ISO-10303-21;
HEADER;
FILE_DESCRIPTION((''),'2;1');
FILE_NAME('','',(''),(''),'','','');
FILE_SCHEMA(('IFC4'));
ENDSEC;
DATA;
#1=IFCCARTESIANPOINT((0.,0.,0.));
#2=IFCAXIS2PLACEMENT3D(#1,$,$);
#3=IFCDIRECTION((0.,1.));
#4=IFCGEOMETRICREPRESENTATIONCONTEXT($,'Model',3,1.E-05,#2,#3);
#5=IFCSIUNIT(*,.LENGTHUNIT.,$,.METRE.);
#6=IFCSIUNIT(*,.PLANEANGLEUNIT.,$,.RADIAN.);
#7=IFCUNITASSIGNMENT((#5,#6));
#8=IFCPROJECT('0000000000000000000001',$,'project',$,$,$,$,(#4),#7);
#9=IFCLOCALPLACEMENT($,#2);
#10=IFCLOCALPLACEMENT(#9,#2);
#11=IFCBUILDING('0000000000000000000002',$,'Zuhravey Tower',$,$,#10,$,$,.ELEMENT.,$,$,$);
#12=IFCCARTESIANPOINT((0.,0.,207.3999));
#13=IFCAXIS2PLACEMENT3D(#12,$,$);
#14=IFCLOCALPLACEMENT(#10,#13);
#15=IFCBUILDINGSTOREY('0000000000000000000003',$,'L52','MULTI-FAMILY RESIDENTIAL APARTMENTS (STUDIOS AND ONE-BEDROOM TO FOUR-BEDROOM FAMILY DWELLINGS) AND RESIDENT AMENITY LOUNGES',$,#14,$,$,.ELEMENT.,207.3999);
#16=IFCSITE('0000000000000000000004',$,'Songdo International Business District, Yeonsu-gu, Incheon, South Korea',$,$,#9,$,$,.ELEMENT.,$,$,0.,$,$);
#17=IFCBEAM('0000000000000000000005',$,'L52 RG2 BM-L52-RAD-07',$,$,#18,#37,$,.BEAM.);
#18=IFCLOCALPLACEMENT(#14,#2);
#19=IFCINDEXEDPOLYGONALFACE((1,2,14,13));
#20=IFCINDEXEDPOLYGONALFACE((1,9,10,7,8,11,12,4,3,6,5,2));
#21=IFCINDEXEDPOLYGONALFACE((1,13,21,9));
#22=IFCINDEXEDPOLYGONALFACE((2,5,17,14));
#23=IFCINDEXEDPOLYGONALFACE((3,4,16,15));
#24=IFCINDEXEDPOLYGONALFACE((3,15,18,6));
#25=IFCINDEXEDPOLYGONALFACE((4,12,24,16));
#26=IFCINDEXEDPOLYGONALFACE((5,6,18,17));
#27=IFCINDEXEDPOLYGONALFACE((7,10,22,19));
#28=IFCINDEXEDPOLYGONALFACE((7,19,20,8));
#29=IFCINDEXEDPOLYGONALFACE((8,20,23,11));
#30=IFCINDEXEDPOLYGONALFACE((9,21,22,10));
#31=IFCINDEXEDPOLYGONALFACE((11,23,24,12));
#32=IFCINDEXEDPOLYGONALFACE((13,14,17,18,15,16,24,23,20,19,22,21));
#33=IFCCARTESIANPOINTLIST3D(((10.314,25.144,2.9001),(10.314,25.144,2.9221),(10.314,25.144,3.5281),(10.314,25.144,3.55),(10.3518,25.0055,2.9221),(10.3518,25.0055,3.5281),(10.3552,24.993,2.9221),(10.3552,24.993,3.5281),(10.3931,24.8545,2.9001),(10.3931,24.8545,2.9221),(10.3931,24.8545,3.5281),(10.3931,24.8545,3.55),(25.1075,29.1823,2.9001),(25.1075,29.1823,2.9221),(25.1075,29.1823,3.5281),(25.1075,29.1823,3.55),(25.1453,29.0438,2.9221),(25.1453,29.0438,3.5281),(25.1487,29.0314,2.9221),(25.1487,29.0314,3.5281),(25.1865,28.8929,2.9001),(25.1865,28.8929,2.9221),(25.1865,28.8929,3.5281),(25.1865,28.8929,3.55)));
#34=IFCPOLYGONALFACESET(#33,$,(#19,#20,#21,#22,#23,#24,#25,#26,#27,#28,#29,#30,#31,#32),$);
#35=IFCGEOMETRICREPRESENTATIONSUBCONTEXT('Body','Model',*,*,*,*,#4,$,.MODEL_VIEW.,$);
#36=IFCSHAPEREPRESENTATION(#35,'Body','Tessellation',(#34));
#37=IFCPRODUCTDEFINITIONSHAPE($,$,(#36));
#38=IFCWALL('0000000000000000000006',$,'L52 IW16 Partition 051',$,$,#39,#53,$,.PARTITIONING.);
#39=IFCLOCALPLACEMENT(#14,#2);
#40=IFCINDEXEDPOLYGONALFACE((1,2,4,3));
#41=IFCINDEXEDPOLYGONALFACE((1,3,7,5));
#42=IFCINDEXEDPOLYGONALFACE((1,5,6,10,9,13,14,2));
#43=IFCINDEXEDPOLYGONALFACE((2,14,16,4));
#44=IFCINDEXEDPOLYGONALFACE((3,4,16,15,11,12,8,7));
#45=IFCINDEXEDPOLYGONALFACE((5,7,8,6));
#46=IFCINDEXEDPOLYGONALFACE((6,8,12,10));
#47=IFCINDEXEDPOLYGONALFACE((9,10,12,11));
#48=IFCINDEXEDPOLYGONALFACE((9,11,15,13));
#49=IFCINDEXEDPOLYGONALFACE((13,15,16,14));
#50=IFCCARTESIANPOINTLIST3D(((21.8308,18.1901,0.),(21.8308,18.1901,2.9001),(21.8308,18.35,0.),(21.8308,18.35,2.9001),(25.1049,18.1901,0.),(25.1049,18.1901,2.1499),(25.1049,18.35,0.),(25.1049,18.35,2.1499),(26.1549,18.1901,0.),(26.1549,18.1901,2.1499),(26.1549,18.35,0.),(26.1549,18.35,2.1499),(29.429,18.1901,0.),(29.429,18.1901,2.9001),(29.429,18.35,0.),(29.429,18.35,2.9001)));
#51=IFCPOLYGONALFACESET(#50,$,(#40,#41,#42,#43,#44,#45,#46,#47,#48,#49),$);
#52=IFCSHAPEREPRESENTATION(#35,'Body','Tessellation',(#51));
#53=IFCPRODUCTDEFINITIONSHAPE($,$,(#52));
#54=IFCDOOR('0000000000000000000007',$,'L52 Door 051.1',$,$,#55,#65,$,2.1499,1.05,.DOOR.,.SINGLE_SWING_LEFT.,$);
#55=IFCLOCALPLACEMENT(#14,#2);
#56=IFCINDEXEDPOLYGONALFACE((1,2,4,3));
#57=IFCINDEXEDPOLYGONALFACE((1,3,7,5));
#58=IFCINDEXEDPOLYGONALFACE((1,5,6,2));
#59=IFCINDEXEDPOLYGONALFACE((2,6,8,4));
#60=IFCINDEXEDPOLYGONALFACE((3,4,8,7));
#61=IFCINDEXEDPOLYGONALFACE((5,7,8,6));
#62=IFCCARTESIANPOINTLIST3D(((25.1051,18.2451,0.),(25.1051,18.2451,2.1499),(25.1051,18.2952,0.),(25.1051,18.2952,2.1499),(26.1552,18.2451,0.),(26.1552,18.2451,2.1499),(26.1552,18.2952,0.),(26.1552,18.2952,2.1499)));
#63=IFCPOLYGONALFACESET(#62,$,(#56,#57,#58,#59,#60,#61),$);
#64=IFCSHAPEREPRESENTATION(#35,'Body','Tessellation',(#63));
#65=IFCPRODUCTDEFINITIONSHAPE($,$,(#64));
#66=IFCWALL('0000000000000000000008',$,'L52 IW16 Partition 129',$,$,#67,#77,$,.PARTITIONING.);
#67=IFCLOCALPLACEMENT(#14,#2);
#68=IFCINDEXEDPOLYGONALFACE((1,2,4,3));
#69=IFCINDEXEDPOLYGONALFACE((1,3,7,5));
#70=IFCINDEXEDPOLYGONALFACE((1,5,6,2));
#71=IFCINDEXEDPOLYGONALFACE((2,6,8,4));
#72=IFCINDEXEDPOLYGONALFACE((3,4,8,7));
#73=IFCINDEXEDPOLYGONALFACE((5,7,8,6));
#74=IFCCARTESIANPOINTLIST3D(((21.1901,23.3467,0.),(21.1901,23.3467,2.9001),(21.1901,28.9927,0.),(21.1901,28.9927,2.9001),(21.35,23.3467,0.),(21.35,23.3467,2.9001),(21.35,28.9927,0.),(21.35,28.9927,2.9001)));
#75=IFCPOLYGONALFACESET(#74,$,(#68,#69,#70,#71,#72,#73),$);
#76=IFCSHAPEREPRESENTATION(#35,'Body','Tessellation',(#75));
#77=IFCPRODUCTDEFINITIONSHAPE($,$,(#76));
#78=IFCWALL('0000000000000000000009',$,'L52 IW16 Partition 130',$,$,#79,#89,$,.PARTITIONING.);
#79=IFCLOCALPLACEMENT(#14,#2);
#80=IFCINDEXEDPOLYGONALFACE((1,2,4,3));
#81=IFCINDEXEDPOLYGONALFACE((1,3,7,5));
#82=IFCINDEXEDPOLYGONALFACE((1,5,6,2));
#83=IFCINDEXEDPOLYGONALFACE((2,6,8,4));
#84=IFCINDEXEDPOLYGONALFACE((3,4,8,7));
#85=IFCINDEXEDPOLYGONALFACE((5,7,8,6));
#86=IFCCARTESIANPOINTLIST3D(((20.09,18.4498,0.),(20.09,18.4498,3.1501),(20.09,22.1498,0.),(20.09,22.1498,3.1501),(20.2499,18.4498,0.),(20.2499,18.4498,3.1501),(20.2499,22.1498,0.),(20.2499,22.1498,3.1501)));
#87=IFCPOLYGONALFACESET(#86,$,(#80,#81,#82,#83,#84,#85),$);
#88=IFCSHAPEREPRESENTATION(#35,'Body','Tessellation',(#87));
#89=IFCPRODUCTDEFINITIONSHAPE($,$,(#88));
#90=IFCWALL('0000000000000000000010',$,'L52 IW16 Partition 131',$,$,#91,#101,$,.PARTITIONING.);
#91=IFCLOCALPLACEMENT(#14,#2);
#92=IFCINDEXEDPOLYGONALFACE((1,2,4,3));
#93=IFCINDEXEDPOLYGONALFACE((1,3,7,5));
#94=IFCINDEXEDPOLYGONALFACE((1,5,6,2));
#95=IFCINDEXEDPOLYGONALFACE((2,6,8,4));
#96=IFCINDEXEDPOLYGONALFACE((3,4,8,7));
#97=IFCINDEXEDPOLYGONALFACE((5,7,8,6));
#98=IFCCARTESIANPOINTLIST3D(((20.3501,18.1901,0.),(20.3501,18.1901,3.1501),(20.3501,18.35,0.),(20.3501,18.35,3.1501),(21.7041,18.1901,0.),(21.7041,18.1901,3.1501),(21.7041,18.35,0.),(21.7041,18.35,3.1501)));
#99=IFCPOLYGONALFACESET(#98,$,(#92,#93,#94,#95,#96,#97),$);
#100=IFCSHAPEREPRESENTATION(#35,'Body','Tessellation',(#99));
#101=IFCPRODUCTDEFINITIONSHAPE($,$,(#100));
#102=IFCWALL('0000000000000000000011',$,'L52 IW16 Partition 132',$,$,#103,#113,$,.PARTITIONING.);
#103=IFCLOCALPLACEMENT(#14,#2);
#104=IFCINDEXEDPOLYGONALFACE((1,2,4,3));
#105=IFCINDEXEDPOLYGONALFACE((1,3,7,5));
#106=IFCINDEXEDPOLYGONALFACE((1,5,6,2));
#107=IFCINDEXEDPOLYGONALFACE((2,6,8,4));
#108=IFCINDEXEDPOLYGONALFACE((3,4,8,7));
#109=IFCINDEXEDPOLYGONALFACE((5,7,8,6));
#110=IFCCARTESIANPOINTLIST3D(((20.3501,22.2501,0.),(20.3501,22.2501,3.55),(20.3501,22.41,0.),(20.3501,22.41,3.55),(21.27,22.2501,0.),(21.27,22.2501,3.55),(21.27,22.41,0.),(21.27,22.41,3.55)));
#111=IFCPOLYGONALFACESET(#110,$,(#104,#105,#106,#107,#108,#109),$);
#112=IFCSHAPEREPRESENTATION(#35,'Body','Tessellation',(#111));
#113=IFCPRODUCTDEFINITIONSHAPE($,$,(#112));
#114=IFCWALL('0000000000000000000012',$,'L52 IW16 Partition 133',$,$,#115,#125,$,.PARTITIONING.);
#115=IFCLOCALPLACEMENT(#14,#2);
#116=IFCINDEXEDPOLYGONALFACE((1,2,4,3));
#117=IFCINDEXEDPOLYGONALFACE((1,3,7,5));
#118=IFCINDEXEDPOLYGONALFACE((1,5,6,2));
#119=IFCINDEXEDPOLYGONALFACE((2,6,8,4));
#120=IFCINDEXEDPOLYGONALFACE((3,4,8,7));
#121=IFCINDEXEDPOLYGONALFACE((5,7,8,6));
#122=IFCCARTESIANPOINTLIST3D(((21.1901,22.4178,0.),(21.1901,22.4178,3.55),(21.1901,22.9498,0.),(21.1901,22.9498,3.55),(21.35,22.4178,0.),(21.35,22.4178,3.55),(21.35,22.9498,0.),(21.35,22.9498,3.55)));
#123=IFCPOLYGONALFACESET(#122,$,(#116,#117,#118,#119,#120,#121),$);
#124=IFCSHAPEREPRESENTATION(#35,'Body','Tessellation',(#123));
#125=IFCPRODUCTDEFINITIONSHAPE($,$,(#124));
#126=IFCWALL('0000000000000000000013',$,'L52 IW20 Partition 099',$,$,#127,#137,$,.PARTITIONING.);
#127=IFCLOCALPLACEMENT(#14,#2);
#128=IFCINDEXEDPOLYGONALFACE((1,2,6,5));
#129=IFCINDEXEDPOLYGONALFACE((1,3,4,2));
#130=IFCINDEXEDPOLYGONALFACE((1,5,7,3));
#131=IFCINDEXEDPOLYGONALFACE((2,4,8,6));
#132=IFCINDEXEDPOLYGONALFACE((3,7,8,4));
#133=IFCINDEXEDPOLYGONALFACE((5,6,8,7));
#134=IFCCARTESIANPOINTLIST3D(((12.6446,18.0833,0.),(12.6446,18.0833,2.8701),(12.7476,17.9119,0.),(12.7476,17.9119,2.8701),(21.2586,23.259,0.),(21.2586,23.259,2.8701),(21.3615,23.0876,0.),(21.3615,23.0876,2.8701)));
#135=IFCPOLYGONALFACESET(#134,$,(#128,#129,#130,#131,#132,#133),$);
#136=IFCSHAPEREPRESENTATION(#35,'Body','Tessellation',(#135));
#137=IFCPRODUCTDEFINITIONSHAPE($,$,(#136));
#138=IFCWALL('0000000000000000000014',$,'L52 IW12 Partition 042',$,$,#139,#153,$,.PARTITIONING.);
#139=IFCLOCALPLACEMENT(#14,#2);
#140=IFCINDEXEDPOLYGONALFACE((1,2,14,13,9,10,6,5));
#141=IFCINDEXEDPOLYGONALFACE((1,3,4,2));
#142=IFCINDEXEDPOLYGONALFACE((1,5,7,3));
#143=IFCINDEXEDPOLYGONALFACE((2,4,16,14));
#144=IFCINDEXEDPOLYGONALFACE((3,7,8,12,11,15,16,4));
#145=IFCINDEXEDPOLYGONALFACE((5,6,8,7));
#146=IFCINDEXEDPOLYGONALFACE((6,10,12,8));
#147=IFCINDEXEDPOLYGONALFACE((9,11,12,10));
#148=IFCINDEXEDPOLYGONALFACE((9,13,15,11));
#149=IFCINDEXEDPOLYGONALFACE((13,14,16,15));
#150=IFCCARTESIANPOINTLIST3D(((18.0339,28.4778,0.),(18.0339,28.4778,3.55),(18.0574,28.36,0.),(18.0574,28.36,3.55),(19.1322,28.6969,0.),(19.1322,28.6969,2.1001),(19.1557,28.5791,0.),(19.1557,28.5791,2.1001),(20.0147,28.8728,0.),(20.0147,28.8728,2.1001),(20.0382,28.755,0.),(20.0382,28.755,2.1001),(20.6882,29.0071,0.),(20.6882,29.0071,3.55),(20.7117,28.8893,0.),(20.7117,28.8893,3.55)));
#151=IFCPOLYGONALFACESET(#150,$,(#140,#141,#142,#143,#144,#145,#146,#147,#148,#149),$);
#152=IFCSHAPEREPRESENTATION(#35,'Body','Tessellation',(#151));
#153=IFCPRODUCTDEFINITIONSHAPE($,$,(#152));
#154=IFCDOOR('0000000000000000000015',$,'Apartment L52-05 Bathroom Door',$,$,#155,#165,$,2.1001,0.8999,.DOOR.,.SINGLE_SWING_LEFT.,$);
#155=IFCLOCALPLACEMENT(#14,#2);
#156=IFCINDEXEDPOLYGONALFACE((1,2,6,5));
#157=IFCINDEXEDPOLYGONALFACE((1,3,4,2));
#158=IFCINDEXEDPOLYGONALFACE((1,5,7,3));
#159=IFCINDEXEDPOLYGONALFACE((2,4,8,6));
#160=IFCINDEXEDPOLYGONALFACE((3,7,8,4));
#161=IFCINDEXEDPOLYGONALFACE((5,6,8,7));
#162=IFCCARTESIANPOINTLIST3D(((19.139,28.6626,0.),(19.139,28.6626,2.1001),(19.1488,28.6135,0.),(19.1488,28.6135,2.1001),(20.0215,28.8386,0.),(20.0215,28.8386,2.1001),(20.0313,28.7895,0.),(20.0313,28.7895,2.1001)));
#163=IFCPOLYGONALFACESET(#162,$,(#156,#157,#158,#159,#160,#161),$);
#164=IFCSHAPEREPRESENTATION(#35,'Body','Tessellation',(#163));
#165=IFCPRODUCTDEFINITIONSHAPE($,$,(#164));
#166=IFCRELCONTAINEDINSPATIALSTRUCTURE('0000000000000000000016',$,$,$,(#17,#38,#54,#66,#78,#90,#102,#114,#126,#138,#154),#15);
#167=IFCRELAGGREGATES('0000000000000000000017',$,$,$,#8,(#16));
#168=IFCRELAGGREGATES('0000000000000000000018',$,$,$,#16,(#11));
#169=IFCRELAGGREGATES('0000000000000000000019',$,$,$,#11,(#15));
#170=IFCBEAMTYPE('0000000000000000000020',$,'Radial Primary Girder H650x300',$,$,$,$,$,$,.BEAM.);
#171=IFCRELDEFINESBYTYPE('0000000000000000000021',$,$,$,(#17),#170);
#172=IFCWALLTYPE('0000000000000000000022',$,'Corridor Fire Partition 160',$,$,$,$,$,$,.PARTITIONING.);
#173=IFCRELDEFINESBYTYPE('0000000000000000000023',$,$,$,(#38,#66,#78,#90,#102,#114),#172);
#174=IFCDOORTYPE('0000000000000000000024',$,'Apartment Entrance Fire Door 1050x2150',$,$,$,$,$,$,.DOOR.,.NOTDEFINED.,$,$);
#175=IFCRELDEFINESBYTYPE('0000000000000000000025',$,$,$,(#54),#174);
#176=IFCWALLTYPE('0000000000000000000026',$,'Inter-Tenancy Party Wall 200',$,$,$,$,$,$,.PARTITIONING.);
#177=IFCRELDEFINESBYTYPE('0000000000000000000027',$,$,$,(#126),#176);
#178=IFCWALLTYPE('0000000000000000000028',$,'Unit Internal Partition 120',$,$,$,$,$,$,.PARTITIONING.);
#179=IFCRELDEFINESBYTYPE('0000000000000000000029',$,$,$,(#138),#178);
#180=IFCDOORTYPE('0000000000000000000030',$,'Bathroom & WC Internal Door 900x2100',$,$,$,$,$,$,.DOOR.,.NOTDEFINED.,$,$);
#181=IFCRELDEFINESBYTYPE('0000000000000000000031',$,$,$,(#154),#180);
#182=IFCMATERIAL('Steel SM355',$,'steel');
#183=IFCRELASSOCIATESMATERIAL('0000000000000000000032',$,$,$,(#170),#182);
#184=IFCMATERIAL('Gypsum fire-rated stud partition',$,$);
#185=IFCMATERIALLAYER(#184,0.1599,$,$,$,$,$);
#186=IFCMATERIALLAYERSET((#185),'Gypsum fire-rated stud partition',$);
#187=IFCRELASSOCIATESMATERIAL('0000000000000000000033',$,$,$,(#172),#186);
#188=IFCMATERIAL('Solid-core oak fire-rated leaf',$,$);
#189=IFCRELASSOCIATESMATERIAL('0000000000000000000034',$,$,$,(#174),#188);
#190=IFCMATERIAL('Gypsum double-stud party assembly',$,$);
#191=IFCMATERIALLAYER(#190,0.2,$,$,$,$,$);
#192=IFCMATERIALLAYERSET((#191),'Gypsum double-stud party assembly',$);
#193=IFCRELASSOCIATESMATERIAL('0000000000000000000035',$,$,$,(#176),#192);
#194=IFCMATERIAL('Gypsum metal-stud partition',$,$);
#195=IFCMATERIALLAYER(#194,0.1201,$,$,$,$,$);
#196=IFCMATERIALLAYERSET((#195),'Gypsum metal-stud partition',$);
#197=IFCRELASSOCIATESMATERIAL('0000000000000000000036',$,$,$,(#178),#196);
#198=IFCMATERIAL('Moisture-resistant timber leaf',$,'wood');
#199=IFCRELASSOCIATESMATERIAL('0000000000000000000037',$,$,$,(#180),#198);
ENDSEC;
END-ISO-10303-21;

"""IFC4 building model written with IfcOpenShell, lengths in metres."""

from ifc_helpers import new_model, si_unit, direction, frame, frame_2d, origin, origin_2d, place, context, subcontext, project, spatial, rectangle, i_section, extrude, material, layer, layer_set, material_profile, profile_set, type_object, element, fill, save


model = new_model("IFC4")

# Units and contexts
model_context = context("Model", 3, precision=1e-05, world=origin(), true_north=direction((0.0, 1.0)))
body_context = subcontext(model_context, "Body", "Model", "MODEL_VIEW")
ifc_project = project(units=[si_unit("LENGTHUNIT", "METRE"), si_unit("PLANEANGLEUNIT", "RADIAN")], contexts=[model_context])

# Site, building, storey
site_placement = place(None, origin())
site = spatial("IfcSite", under=ifc_project, at=site_placement, Name="Songdo International Business District, Yeonsu-gu, Incheon, South Korea", CompositionType="ELEMENT", RefElevation=0.0)
building_placement = place(site_placement, origin())
building = spatial("IfcBuilding", under=site, at=building_placement, Name="Zuhravey Tower", CompositionType="ELEMENT")
storey_placement = place(building_placement, frame((0.0, 0.0, 207.3999)))
storey = spatial("IfcBuildingStorey", under=building, at=storey_placement, Name="L52", Description="MULTI-FAMILY RESIDENTIAL APARTMENTS (STUDIOS AND ONE-BEDROOM TO FOUR-BEDROOM FAMILY DWELLINGS) AND RESIDENT AMENITY LOUNGES", CompositionType="ELEMENT", Elevation=207.3999)

# Beam
ifc_material_1 = material(Name="Steel SM355", Category="steel")
ifc_material_profile = material_profile(ifc_material_1, i_section(OverallWidth=0.3, OverallDepth=0.6499, WebThickness=0.0129, FlangeThickness=0.022, at=origin_2d()), Name="H-650x300x13x22")
ifc_profile_set = profile_set([ifc_material_profile], Name="Steel SM355")
beam_type = type_object("IfcBeamType", Name="Radial Primary Girder H650x300", PredefinedType="BEAM", material=ifc_profile_set)
beam_placement = place(storey_placement, frame((25.147, 29.0376, 3.2251), z_axis=(-0.964702, -0.263345, 0.0), x_axis=(0.263345, -0.964702, 0.0)))
element("IfcBeam", 1, at=beam_placement, inside=storey, type_object=beam_type, Name="L52 RG2 BM-L52-RAD-07", PredefinedType="BEAM", context=body_context, shape_type="SweptSolid", body=[
    extrude(i_section(OverallWidth=0.3, OverallDepth=0.6499, WebThickness=0.0129, FlangeThickness=0.022, at=origin_2d()), origin(), (0.0, 0.0, 1.0), 15.3347),
])

# Wall, opening, door
ifc_material_2 = material(Name="Gypsum fire-rated stud partition")
ifc_layer_1 = layer(ifc_material_2, 0.1599)
ifc_layer_set_1 = layer_set([ifc_layer_1], Name="Gypsum fire-rated stud partition")
wall_type_1 = type_object("IfcWallType", Name="Corridor Fire Partition 160", PredefinedType="PARTITIONING", material=ifc_layer_set_1)
wall_1_placement = place(storey_placement, frame((21.8308, 18.27, 0.0), z_axis=(0.0, 0.0, 1.0), x_axis=(1.0, 0.0, 0.0)))
wall_1 = element("IfcWall", 2, at=wall_1_placement, inside=storey, type_object=wall_type_1, Name="L52 IW16 Partition 051", PredefinedType="PARTITIONING", context=body_context, shape_type="SweptSolid", body=[
    extrude(rectangle(XDim=7.5981, YDim=0.1599, at=frame_2d((3.7991, 0.0))), origin(), (0.0, 0.0, 1.0), 2.9001),
])
opening_1_placement = place(wall_1_placement, frame((3.2742, 0.0, 0.0)))
opening_1 = element("IfcOpeningElement", 3, at=opening_1_placement, cuts=wall_1, PredefinedType="OPENING", context=body_context, shape_type="SweptSolid", body=[
    extrude(rectangle(XDim=1.05, YDim=2.1499, at=frame_2d((0.5249, 1.075))), frame((0.0, 0.092, 0.0), z_axis=(0.0, -1.0, 0.0), x_axis=(1.0, 0.0, 0.0)), (0.0, 0.0, 1.0), 0.1838),
])
ifc_material_3 = material(Name="Solid-core oak fire-rated leaf")
door_type_1 = type_object("IfcDoorType", Name="Apartment Entrance Fire Door 1050x2150", OperationType="NOTDEFINED", PredefinedType="DOOR", material=ifc_material_3)
door_1_placement = place(opening_1_placement, frame((1.05, 0.0, 0.0), z_axis=(0.0, 0.0, 1.0), x_axis=(-1.0, 0.0, 0.0)))
door_1 = element("IfcDoor", 4, at=door_1_placement, inside=storey, type_object=door_type_1, Name="L52 Door 051.1", OperationType="SINGLE_SWING_LEFT", OverallHeight=2.1499, OverallWidth=1.05, PredefinedType="DOOR", context=body_context, shape_type="SweptSolid", body=[
    extrude(rectangle(XDim=1.05, YDim=2.1499, at=frame_2d((0.5249, 1.075))), frame((0.0, 0.0249, 0.0), z_axis=(0.0, -1.0, 0.0), x_axis=(1.0, 0.0, 0.0)), (0.0, 0.0, 1.0), 0.05),
])
fill(opening_1, door_1)

# Walls
wall_2_placement = place(storey_placement, frame((21.27, 28.9927, 0.0), z_axis=(0.0, 0.0, 1.0), x_axis=(0.0, -1.0, 0.0)))
element("IfcWall", 5, at=wall_2_placement, inside=storey, type_object=wall_type_1, Name="L52 IW16 Partition 129", PredefinedType="PARTITIONING", context=body_context, shape_type="SweptSolid", body=[
    extrude(rectangle(XDim=5.646, YDim=0.1599, at=frame_2d((2.823, 0.0))), origin(), (0.0, 0.0, 1.0), 2.9001),
])
wall_3_placement = place(storey_placement, frame((20.1699, 22.1499, 0.0), z_axis=(0.0, 0.0, 1.0), x_axis=(0.0, -1.0, 0.0)))
element("IfcWall", 6, at=wall_3_placement, inside=storey, type_object=wall_type_1, Name="L52 IW16 Partition 130", PredefinedType="PARTITIONING", context=body_context, shape_type="SweptSolid", body=[
    extrude(rectangle(XDim=3.7, YDim=0.1599, at=frame_2d((1.8501, 0.0))), origin(), (0.0, 0.0, 1.0), 3.1501),
])
wall_4_placement = place(storey_placement, frame((20.3501, 18.27, 0.0), z_axis=(0.0, 0.0, 1.0), x_axis=(1.0, 0.0, 0.0)))
element("IfcWall", 7, at=wall_4_placement, inside=storey, type_object=wall_type_1, Name="L52 IW16 Partition 131", PredefinedType="PARTITIONING", context=body_context, shape_type="SweptSolid", body=[
    extrude(rectangle(XDim=1.354, YDim=0.1599, at=frame_2d((0.677, 0.0))), origin(), (0.0, 0.0, 1.0), 3.1501),
])
wall_5_placement = place(storey_placement, frame((21.27, 22.3301, 0.0), z_axis=(0.0, 0.0, 1.0), x_axis=(-1.0, 0.0, 0.0)))
element("IfcWall", 8, at=wall_5_placement, inside=storey, type_object=wall_type_1, Name="L52 IW16 Partition 132", PredefinedType="PARTITIONING", context=body_context, shape_type="SweptSolid", body=[
    extrude(rectangle(XDim=0.9199, YDim=0.1599, at=frame_2d((0.46, 0.0))), origin(), (0.0, 0.0, 1.0), 3.55),
])
wall_6_placement = place(storey_placement, frame((21.27, 22.95, 0.0), z_axis=(0.0, 0.0, 1.0), x_axis=(0.0, -1.0, 0.0)))
element("IfcWall", 9, at=wall_6_placement, inside=storey, type_object=wall_type_1, Name="L52 IW16 Partition 133", PredefinedType="PARTITIONING", context=body_context, shape_type="SweptSolid", body=[
    extrude(rectangle(XDim=0.532, YDim=0.1599, at=frame_2d((0.2661, 0.0))), origin(), (0.0, 0.0, 1.0), 3.55),
])
ifc_material_4 = material(Name="Gypsum double-stud party assembly")
ifc_layer_2 = layer(ifc_material_4, 0.2)
ifc_layer_set_2 = layer_set([ifc_layer_2], Name="Gypsum double-stud party assembly")
wall_type_2 = type_object("IfcWallType", Name="Inter-Tenancy Party Wall 200", PredefinedType="PARTITIONING", material=ifc_layer_set_2)
wall_7_placement = place(storey_placement, frame((21.3101, 23.1733, 0.0), z_axis=(0.0, 0.0, 1.0), x_axis=(-0.857169, -0.515035, 0.0)))
element("IfcWall", 10, at=wall_7_placement, inside=storey, type_object=wall_type_2, Name="L52 IW20 Partition 099", PredefinedType="PARTITIONING", context=body_context, shape_type="SweptSolid", body=[
    extrude(rectangle(XDim=10.0493, YDim=0.2, at=frame_2d((5.0247, 0.0))), origin(), (0.0, 0.0, 1.0), 2.8701),
])

# Wall, opening, door
ifc_material_5 = material(Name="Gypsum metal-stud partition")
ifc_layer_3 = layer(ifc_material_5, 0.1201)
ifc_layer_set_3 = layer_set([ifc_layer_3], Name="Gypsum metal-stud partition")
wall_type_3 = type_object("IfcWallType", Name="Unit Internal Partition 120", PredefinedType="PARTITIONING", material=ifc_layer_set_3)
wall_8_placement = place(storey_placement, frame((20.7, 28.9482, 0.0), z_axis=(0.0, 0.0, 1.0), x_axis=(-0.980692, -0.195561, 0.0)))
wall_8 = element("IfcWall", 11, at=wall_8_placement, inside=storey, type_object=wall_type_3, Name="L52 IW12 Partition 042", PredefinedType="PARTITIONING", context=body_context, shape_type="SweptSolid", body=[
    extrude(rectangle(XDim=2.7065, YDim=0.1201, at=frame_2d((1.3533, 0.0))), origin(), (0.0, 0.0, 1.0), 3.55),
])
opening_2_placement = place(wall_8_placement, frame((0.6868, 0.0, 0.0)))
opening_2 = element("IfcOpeningElement", 12, at=opening_2_placement, cuts=wall_8, PredefinedType="OPENING", context=body_context, shape_type="SweptSolid", body=[
    extrude(rectangle(XDim=0.8999, YDim=2.1001, at=frame_2d((0.45, 1.05))), frame((0.0, 0.072, 0.0), z_axis=(0.0, -1.0, 0.0), x_axis=(1.0, 0.0, 0.0)), (0.0, 0.0, 1.0), 0.144),
])
ifc_material_6 = material(Name="Moisture-resistant timber leaf", Category="wood")
door_type_2 = type_object("IfcDoorType", Name="Bathroom & WC Internal Door 900x2100", OperationType="NOTDEFINED", PredefinedType="DOOR", material=ifc_material_6)
door_2_placement = place(opening_2_placement, origin())
door_2 = element("IfcDoor", 13, at=door_2_placement, inside=storey, type_object=door_type_2, Name="Apartment L52-05 Bathroom Door", OperationType="SINGLE_SWING_LEFT", OverallHeight=2.1001, OverallWidth=0.8999, PredefinedType="DOOR", context=body_context, shape_type="SweptSolid", body=[
    extrude(rectangle(XDim=0.8999, YDim=2.1001, at=frame_2d((0.45, 1.05))), frame((0.0, 0.0249, 0.0), z_axis=(0.0, -1.0, 0.0), x_axis=(1.0, 0.0, 0.0)), (0.0, 0.0, 1.0), 0.05),
])
fill(opening_2, door_2)

save(model, "model.ifc")
